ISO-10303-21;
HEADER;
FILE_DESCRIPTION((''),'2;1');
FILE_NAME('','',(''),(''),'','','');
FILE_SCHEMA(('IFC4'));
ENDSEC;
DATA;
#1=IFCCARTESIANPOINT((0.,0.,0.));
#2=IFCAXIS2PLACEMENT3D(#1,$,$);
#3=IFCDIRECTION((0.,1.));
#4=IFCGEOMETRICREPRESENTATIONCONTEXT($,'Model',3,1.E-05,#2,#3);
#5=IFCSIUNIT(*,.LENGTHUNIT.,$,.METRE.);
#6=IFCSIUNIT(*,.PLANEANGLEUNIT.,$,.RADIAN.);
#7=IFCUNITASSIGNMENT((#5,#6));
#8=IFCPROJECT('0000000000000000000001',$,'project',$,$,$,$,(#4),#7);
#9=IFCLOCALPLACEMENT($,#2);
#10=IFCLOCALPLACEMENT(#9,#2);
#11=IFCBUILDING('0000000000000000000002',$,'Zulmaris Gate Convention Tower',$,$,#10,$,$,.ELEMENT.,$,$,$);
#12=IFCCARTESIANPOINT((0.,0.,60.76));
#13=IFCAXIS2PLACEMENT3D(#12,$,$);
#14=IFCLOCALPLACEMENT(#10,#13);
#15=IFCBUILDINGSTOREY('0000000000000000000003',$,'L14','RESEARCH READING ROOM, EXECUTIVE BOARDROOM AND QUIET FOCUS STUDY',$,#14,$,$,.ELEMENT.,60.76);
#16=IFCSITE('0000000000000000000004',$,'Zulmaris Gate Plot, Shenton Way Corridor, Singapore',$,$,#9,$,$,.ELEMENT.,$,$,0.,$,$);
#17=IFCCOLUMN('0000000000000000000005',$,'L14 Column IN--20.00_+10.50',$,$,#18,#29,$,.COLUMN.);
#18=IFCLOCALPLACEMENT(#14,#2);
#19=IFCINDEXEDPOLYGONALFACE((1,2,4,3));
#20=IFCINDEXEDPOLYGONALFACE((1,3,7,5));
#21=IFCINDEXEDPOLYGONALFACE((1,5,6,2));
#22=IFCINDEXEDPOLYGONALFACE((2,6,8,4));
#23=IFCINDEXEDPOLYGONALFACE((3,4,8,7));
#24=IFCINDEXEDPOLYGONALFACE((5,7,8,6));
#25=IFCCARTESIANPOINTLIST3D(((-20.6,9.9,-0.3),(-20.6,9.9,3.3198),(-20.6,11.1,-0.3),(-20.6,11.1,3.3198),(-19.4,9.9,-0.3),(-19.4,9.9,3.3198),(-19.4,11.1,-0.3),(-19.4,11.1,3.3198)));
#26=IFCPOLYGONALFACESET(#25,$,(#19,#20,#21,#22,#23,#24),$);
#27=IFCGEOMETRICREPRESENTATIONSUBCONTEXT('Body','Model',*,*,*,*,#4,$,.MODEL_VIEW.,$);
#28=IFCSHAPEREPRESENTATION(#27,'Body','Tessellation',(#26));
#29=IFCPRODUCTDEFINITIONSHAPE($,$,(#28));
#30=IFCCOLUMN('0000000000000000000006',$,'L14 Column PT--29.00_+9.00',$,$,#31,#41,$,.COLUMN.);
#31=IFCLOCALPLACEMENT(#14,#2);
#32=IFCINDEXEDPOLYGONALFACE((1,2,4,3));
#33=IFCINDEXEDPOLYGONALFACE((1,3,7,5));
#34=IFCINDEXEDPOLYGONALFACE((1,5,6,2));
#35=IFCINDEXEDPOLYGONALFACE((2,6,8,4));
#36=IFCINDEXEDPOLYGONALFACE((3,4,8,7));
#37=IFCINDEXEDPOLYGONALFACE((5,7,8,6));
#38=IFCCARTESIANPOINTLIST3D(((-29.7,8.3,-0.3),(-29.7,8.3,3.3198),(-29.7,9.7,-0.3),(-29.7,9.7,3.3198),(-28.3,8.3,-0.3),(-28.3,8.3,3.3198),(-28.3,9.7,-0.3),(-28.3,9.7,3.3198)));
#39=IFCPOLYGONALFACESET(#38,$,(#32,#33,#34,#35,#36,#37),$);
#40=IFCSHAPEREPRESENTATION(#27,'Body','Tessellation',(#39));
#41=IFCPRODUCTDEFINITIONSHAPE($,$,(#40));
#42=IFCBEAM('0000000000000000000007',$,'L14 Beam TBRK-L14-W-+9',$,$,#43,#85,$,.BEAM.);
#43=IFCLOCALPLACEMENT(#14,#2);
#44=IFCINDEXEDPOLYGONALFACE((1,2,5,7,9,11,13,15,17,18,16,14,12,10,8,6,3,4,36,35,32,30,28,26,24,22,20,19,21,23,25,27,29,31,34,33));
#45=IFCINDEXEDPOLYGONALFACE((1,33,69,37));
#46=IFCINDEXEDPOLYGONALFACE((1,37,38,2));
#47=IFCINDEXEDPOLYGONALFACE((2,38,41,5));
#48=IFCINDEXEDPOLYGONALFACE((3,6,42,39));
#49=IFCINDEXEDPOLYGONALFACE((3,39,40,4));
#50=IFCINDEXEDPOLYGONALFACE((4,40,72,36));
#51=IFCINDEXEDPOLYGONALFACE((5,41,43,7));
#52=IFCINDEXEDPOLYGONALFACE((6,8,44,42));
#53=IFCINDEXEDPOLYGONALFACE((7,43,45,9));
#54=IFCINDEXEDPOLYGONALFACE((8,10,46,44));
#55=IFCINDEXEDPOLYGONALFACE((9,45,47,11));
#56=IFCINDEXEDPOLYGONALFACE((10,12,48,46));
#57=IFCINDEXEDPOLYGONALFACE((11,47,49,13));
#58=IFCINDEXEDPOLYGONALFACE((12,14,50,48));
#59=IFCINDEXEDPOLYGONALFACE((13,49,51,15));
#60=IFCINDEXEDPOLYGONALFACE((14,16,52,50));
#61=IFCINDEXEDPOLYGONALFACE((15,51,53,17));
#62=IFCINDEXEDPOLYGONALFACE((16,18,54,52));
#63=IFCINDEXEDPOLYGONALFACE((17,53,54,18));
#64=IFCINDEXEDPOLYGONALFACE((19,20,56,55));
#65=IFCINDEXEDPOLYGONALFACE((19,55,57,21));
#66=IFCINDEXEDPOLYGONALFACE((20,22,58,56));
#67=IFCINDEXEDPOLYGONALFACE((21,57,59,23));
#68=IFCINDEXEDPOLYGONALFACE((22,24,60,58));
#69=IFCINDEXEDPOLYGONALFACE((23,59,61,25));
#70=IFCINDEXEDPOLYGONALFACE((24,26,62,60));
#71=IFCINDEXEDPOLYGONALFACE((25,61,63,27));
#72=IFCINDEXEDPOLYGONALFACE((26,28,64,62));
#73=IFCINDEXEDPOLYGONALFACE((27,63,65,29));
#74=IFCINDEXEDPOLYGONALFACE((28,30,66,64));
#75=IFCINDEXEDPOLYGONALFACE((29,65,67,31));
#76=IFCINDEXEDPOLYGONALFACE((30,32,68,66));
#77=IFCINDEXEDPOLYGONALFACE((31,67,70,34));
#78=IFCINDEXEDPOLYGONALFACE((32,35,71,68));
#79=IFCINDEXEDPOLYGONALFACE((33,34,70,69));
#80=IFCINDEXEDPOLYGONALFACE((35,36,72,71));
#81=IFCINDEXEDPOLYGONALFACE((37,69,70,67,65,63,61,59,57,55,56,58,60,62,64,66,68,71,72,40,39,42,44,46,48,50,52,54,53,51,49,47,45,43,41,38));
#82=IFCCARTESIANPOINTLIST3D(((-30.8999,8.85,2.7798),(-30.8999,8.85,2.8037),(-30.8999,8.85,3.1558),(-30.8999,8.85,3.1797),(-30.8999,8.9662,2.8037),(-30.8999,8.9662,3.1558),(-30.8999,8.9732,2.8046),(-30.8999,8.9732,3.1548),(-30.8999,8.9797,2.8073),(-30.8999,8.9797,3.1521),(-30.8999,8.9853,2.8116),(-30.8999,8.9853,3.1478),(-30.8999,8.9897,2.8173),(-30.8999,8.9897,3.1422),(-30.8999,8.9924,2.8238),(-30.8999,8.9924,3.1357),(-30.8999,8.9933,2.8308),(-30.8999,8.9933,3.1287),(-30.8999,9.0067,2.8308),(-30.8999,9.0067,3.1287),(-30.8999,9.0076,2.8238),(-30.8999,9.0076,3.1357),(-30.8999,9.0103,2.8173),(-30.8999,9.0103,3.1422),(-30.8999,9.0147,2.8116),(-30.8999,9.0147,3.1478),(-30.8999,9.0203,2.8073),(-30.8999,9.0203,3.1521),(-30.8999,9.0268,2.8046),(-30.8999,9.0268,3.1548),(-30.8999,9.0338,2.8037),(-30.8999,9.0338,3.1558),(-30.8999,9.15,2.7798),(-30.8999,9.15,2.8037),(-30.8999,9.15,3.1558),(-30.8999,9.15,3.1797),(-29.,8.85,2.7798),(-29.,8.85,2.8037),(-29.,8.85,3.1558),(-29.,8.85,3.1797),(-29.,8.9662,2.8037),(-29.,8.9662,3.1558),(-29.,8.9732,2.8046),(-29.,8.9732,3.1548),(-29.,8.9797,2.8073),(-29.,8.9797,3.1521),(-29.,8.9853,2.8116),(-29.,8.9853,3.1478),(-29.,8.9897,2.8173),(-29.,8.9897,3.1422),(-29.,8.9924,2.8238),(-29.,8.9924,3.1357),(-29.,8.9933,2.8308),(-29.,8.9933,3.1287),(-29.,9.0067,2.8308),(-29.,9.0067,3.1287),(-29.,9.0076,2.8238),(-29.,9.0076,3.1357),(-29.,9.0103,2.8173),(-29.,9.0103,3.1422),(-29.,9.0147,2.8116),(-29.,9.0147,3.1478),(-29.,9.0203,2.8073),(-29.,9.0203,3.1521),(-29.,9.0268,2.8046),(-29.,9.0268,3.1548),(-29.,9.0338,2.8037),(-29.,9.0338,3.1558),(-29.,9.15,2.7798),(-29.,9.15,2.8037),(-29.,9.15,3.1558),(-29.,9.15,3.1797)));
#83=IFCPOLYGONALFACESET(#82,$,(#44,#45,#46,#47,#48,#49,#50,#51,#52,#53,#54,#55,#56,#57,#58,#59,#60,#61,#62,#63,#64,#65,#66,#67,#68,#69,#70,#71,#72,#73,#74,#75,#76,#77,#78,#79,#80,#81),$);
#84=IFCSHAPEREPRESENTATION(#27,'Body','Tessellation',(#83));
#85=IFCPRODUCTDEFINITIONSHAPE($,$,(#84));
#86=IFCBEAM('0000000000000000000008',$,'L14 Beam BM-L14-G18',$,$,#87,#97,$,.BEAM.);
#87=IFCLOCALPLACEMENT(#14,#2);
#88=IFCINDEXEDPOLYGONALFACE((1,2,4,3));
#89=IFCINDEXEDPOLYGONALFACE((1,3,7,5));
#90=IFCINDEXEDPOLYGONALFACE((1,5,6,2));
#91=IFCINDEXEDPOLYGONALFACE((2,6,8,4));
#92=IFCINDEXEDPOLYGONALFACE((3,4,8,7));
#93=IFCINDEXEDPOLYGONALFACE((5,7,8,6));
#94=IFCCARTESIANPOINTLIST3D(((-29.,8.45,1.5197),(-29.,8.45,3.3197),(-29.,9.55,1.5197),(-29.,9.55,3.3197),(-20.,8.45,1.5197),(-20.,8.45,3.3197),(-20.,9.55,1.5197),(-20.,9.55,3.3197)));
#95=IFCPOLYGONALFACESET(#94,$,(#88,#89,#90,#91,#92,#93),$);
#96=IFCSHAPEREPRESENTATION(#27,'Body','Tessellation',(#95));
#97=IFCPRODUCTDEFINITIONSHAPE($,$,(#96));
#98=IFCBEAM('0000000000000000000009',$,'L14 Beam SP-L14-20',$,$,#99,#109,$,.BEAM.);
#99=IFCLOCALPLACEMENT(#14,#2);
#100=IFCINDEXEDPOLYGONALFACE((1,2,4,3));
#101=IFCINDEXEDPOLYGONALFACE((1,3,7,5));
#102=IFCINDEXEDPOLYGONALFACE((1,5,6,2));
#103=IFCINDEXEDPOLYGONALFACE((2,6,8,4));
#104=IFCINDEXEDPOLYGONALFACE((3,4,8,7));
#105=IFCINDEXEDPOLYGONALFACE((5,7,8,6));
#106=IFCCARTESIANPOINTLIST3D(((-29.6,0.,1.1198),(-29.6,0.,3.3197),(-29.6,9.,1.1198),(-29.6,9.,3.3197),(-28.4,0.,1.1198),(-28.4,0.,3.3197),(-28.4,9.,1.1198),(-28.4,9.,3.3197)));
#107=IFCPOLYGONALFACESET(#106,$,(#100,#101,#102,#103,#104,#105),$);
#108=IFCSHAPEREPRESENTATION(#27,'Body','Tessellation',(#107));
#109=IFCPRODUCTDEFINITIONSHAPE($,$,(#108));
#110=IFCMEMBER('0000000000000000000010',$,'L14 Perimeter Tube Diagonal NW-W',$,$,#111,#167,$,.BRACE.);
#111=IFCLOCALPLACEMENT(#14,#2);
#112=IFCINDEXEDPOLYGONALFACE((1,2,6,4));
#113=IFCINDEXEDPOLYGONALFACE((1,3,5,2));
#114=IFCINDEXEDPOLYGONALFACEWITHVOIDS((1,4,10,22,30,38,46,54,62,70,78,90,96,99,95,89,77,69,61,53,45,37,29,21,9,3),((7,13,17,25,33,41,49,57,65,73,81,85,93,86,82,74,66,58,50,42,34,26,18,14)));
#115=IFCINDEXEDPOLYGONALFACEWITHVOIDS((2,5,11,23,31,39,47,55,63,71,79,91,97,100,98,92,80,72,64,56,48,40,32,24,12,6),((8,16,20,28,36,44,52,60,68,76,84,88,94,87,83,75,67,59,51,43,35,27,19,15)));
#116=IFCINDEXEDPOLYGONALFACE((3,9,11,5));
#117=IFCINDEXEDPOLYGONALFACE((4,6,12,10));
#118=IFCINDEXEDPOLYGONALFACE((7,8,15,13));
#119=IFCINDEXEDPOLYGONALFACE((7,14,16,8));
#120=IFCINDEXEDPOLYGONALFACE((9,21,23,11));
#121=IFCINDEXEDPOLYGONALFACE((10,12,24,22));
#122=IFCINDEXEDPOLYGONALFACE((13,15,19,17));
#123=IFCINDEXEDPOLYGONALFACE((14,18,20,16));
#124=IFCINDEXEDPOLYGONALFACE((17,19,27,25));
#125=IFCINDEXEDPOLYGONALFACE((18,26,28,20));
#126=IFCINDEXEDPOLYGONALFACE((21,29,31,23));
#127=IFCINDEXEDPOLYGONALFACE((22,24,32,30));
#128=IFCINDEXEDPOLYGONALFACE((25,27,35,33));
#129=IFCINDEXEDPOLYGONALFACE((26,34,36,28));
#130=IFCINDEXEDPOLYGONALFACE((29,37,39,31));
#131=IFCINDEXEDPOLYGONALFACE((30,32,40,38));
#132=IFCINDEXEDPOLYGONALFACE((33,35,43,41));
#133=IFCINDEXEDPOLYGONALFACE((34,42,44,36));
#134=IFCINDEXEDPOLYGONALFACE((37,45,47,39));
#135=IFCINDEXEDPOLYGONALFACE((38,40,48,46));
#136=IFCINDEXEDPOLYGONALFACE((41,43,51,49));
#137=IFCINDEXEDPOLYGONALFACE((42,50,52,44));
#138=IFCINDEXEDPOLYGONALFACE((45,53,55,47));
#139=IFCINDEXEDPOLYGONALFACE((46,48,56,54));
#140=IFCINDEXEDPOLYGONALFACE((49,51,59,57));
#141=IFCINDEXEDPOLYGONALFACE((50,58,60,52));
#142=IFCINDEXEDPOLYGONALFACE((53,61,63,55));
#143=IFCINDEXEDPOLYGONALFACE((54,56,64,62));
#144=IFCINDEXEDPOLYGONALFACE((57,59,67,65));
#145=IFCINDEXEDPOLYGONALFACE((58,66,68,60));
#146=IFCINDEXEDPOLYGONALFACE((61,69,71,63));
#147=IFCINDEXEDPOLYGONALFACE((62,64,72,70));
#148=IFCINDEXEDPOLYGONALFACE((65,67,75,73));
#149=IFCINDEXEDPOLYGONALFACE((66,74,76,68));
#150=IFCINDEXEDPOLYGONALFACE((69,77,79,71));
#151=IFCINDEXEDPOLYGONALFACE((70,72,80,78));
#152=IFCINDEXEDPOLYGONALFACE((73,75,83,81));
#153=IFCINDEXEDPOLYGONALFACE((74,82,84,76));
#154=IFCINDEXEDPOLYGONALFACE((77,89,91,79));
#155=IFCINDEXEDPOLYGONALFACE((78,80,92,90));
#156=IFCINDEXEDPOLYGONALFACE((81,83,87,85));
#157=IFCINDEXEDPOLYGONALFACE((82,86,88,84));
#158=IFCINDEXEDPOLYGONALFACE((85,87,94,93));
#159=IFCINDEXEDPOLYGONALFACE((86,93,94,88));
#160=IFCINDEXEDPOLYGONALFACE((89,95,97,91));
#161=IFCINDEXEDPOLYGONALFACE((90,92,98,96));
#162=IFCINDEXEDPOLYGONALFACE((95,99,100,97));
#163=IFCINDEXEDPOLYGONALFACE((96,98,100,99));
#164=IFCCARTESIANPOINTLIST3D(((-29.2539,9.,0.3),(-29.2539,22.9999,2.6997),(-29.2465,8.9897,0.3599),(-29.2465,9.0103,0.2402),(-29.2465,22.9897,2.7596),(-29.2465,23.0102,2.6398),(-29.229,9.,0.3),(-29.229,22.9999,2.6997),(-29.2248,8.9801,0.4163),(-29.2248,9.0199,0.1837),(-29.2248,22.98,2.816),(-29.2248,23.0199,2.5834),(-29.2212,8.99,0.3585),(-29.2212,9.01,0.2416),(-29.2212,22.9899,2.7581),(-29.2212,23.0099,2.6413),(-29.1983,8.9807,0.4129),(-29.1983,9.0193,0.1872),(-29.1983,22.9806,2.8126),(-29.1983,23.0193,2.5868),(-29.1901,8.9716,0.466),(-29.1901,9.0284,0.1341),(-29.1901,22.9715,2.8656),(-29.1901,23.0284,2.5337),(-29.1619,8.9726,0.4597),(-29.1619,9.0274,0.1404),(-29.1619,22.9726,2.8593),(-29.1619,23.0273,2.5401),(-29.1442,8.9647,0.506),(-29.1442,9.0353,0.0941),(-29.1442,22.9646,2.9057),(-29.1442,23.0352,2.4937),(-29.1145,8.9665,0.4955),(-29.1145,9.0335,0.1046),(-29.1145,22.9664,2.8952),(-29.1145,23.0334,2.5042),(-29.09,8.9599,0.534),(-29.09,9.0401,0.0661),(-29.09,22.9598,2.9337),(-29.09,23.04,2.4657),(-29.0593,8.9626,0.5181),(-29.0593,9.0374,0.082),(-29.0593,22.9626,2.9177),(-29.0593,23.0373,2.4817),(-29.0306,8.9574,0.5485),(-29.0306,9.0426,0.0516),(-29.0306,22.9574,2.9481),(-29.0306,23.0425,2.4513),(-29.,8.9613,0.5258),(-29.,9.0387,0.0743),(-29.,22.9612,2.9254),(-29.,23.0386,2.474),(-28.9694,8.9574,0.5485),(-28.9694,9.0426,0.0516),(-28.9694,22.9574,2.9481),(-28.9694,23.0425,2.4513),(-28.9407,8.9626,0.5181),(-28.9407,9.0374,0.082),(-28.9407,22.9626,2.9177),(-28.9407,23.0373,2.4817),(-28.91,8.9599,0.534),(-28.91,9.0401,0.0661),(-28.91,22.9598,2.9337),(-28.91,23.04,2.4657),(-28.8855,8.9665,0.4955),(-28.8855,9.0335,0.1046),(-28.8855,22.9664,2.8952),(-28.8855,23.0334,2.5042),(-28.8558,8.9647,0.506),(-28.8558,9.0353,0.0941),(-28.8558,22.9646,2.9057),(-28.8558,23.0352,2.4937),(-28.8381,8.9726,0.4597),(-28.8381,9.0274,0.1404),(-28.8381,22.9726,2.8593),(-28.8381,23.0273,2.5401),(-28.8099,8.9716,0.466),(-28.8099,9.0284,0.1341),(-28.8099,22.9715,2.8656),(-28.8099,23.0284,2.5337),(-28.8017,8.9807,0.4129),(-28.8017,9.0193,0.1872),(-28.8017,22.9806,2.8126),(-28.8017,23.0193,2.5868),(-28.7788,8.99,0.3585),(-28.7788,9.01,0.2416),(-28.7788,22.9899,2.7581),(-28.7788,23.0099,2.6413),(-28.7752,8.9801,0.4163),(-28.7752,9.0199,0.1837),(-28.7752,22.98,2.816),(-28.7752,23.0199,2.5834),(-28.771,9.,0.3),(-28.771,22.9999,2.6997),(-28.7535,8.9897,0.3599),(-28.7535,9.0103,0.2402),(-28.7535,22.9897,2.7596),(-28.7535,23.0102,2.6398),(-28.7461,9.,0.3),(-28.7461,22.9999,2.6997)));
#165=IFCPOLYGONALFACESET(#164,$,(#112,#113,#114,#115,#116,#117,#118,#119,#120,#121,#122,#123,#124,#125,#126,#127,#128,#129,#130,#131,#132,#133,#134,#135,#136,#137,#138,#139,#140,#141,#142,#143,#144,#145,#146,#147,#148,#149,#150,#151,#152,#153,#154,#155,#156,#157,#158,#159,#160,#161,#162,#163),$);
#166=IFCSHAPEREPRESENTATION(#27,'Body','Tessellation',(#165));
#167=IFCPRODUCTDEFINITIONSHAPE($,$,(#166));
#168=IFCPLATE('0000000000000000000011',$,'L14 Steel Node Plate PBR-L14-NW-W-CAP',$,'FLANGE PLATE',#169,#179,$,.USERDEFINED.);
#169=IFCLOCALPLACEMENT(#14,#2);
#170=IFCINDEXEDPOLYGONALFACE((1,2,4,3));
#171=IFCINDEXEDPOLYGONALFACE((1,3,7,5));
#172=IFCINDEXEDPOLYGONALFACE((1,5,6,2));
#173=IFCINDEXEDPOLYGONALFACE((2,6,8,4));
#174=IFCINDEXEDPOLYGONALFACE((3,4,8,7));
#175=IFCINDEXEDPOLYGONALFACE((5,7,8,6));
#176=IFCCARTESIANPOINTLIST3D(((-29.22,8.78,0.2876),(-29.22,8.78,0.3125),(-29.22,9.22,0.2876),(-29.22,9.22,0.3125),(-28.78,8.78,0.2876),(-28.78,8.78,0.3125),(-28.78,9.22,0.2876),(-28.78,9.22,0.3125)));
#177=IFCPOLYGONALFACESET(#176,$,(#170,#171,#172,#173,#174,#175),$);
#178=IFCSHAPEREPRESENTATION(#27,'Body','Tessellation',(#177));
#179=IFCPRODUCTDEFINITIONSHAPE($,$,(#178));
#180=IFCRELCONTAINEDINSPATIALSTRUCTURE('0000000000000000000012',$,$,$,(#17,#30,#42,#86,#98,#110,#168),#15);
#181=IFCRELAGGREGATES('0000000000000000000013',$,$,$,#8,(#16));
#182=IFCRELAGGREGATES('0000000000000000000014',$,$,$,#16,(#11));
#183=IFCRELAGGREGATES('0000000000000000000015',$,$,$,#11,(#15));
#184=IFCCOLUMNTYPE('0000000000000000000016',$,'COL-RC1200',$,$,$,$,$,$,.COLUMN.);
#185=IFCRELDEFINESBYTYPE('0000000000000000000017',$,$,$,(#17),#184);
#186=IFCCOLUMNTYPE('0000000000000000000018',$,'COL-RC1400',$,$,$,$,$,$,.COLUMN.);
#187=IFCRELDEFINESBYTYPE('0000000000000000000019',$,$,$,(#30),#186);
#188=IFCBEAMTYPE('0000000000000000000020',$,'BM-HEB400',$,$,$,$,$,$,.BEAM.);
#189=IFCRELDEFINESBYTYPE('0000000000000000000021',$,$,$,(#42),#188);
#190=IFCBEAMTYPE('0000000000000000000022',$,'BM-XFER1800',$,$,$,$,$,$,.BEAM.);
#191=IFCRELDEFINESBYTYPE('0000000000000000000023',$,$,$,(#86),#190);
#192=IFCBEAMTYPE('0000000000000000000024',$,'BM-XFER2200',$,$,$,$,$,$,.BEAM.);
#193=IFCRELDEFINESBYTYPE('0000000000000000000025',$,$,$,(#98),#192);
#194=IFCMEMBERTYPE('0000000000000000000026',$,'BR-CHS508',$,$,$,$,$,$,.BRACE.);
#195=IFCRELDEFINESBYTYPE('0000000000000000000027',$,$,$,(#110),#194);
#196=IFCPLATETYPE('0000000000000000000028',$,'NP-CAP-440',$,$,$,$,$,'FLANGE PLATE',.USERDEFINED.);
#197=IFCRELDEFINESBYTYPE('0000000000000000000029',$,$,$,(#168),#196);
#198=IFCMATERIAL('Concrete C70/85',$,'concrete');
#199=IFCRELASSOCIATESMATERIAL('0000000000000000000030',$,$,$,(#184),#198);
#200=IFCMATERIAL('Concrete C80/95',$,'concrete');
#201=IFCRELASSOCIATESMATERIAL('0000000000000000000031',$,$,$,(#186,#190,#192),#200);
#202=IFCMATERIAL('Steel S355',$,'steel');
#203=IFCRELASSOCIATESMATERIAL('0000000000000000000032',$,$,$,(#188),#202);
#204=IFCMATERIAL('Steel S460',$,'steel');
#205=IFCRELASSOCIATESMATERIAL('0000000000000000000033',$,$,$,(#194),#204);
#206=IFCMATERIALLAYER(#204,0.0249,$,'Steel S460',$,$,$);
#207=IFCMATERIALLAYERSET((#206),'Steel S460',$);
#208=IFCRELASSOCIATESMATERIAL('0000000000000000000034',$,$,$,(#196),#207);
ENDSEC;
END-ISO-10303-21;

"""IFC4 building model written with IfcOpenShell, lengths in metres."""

from ifc_helpers import new_model, si_unit, direction, frame, origin, origin_2d, place, context, subcontext, project, spatial, rectangle, hollow_circle, i_section, extrude, material, layer, layer_set, material_profile, profile_set, type_object, element, save


model = new_model("IFC4")

# Units and contexts
model_context = context("Model", 3, precision=1e-05, world=origin(), true_north=direction((0.0, 1.0)))
body_context = subcontext(model_context, "Body", "Model", "MODEL_VIEW")
ifc_project = project(units=[si_unit("LENGTHUNIT", "METRE"), si_unit("PLANEANGLEUNIT", "RADIAN")], contexts=[model_context])

# Site, building, storey
site_placement = place(None, origin())
site = spatial("IfcSite", under=ifc_project, at=site_placement, Name="Zulmaris Gate Plot, Shenton Way Corridor, Singapore", CompositionType="ELEMENT", RefElevation=0.0)
building_placement = place(site_placement, origin())
building = spatial("IfcBuilding", under=site, at=building_placement, Name="Zulmaris Gate Convention Tower", CompositionType="ELEMENT")
storey_placement = place(building_placement, frame((0.0, 0.0, 60.76)))
storey = spatial("IfcBuildingStorey", under=building, at=storey_placement, Name="L14", Description="RESEARCH READING ROOM, EXECUTIVE BOARDROOM AND QUIET FOCUS STUDY", CompositionType="ELEMENT", Elevation=60.76)

# Columns
ifc_material_1 = material(Name="Concrete C70/85", Category="concrete")
ifc_material_profile_1 = material_profile(ifc_material_1, rectangle(XDim=1.2, YDim=1.2, at=origin_2d()), Name="RC COL 1200x1200")
ifc_profile_set_1 = profile_set([ifc_material_profile_1], Name="Concrete C70/85")
column_type_1 = type_object("IfcColumnType", Name="COL-RC1200", PredefinedType="COLUMN", material=ifc_profile_set_1)
column_1_placement = place(storey_placement, frame((-20.0, 10.5, -0.3), z_axis=(0.0, 0.0, 1.0), x_axis=(1.0, 0.0, 0.0)))
element("IfcColumn", 1, at=column_1_placement, inside=storey, type_object=column_type_1, Name="L14 Column IN--20.00_+10.50", PredefinedType="COLUMN", context=body_context, shape_type="SweptSolid", body=[
    extrude(rectangle(XDim=1.2, YDim=1.2, at=origin_2d()), origin(), (0.0, 0.0, 1.0), 3.6199),
])
ifc_material_2 = material(Name="Concrete C80/95", Category="concrete")
ifc_material_profile_2 = material_profile(ifc_material_2, rectangle(XDim=1.3999, YDim=1.3999, at=origin_2d()), Name="RC COL 1400x1400")
ifc_profile_set_2 = profile_set([ifc_material_profile_2], Name="Concrete C80/95")
column_type_2 = type_object("IfcColumnType", Name="COL-RC1400", PredefinedType="COLUMN", material=ifc_profile_set_2)
column_2_placement = place(storey_placement, frame((-29.0, 9.0, -0.3), z_axis=(0.0, 0.0, 1.0), x_axis=(1.0, 0.0, 0.0)))
element("IfcColumn", 2, at=column_2_placement, inside=storey, type_object=column_type_2, Name="L14 Column PT--29.00_+9.00", PredefinedType="COLUMN", context=body_context, shape_type="SweptSolid", body=[
    extrude(rectangle(XDim=1.3999, YDim=1.3999, at=origin_2d()), origin(), (0.0, 0.0, 1.0), 3.6199),
])

# Beams
ifc_material_3 = material(Name="Steel S355", Category="steel")
ifc_material_profile_3 = material_profile(ifc_material_3, i_section(OverallWidth=0.3, OverallDepth=0.3999, WebThickness=0.0134, FlangeThickness=0.0239, FilletRadius=0.0271, at=origin_2d()), Name="HEB 400")
ifc_profile_set_3 = profile_set([ifc_material_profile_3], Name="Steel S355")
beam_type_1 = type_object("IfcBeamType", Name="BM-HEB400", PredefinedType="BEAM", material=ifc_profile_set_3)
beam_1_placement = place(storey_placement, frame((-30.8999, 9.0, 2.9797), z_axis=(1.0, 0.0, 0.0), x_axis=(0.0, 1.0, 0.0)))
element("IfcBeam", 3, at=beam_1_placement, inside=storey, type_object=beam_type_1, Name="L14 Beam TBRK-L14-W-+9", PredefinedType="BEAM", context=body_context, shape_type="SweptSolid", body=[
    extrude(i_section(OverallWidth=0.3, OverallDepth=0.3999, WebThickness=0.0134, FlangeThickness=0.0239, FilletRadius=0.0271, at=origin_2d()), origin(), (0.0, 0.0, 1.0), 1.8999),
])
ifc_material_profile_4 = material_profile(ifc_material_2, rectangle(XDim=1.1001, YDim=1.8, at=origin_2d()), Name="RC TRANSFER 1100x1800")
ifc_profile_set_4 = profile_set([ifc_material_profile_4], Name="Concrete C80/95")
beam_type_2 = type_object("IfcBeamType", Name="BM-XFER1800", PredefinedType="BEAM", material=ifc_profile_set_4)
beam_2_placement = place(storey_placement, frame((-29.0, 9.0, 2.4197), z_axis=(1.0, 0.0, 0.0), x_axis=(0.0, 1.0, 0.0)))
element("IfcBeam", 4, at=beam_2_placement, inside=storey, type_object=beam_type_2, Name="L14 Beam BM-L14-G18", PredefinedType="BEAM", context=body_context, shape_type="SweptSolid", body=[
    extrude(rectangle(XDim=1.1001, YDim=1.8, at=origin_2d()), origin(), (0.0, 0.0, 1.0), 9.0),
])
ifc_material_profile_5 = material_profile(ifc_material_2, rectangle(XDim=1.2, YDim=2.2, at=origin_2d()), Name="RC TRANSFER 1200x2200")
ifc_profile_set_5 = profile_set([ifc_material_profile_5], Name="Concrete C80/95")
beam_type_3 = type_object("IfcBeamType", Name="BM-XFER2200", PredefinedType="BEAM", material=ifc_profile_set_5)
beam_3_placement = place(storey_placement, frame((-29.0, 9.0, 2.2197), z_axis=(0.0, -1.0, 0.0), x_axis=(1.0, 0.0, 0.0)))
element("IfcBeam", 5, at=beam_3_placement, inside=storey, type_object=beam_type_3, Name="L14 Beam SP-L14-20", PredefinedType="BEAM", context=body_context, shape_type="SweptSolid", body=[
    extrude(rectangle(XDim=1.2, YDim=2.2, at=origin_2d()), origin(), (0.0, 0.0, 1.0), 9.0),
])

# Member
ifc_material_4 = material(Name="Steel S460", Category="steel")
ifc_material_profile_6 = material_profile(ifc_material_4, hollow_circle(Radius=0.2539, WallThickness=0.0249, at=origin_2d()), Name="CHS 508x25")
ifc_profile_set_6 = profile_set([ifc_material_profile_6], Name="Steel S460")
member_type = type_object("IfcMemberType", Name="BR-CHS508", PredefinedType="BRACE", material=ifc_profile_set_6)
member_placement = place(storey_placement, frame((-29.0, 9.0, 0.3), z_axis=(0.0, 0.985626, 0.16894), x_axis=(-1.0, 0.0, 0.0)))
element("IfcMember", 6, at=member_placement, inside=storey, type_object=member_type, Name="L14 Perimeter Tube Diagonal NW-W", PredefinedType="BRACE", context=body_context, shape_type="SweptSolid", body=[
    extrude(hollow_circle(Radius=0.2539, WallThickness=0.0249, at=origin_2d()), origin(), (0.0, 0.0, 1.0), 14.2041),
])

# Plate
ifc_layer_1 = layer(ifc_material_4, 0.0249, Name="Steel S460")
ifc_layer_set_1 = layer_set([ifc_layer_1], Name="Steel S460")
plate_type = type_object("IfcPlateType", Name="NP-CAP-440", ElementType="FLANGE PLATE", PredefinedType="USERDEFINED", material=ifc_layer_set_1)
plate_placement = place(storey_placement, frame((-29.0, 9.0, 0.2876), z_axis=(0.0, 0.0, 1.0), x_axis=(1.0, 0.0, 0.0)))
element("IfcPlate", 7, at=plate_placement, inside=storey, type_object=plate_type, Name="L14 Steel Node Plate PBR-L14-NW-W-CAP", ObjectType="FLANGE PLATE", PredefinedType="USERDEFINED", context=body_context, shape_type="SweptSolid", body=[
    extrude(rectangle(XDim=0.4399, YDim=0.4399, at=origin_2d()), origin(), (0.0, 0.0, 1.0), 0.0249),
])

save(model, "model.ifc")
